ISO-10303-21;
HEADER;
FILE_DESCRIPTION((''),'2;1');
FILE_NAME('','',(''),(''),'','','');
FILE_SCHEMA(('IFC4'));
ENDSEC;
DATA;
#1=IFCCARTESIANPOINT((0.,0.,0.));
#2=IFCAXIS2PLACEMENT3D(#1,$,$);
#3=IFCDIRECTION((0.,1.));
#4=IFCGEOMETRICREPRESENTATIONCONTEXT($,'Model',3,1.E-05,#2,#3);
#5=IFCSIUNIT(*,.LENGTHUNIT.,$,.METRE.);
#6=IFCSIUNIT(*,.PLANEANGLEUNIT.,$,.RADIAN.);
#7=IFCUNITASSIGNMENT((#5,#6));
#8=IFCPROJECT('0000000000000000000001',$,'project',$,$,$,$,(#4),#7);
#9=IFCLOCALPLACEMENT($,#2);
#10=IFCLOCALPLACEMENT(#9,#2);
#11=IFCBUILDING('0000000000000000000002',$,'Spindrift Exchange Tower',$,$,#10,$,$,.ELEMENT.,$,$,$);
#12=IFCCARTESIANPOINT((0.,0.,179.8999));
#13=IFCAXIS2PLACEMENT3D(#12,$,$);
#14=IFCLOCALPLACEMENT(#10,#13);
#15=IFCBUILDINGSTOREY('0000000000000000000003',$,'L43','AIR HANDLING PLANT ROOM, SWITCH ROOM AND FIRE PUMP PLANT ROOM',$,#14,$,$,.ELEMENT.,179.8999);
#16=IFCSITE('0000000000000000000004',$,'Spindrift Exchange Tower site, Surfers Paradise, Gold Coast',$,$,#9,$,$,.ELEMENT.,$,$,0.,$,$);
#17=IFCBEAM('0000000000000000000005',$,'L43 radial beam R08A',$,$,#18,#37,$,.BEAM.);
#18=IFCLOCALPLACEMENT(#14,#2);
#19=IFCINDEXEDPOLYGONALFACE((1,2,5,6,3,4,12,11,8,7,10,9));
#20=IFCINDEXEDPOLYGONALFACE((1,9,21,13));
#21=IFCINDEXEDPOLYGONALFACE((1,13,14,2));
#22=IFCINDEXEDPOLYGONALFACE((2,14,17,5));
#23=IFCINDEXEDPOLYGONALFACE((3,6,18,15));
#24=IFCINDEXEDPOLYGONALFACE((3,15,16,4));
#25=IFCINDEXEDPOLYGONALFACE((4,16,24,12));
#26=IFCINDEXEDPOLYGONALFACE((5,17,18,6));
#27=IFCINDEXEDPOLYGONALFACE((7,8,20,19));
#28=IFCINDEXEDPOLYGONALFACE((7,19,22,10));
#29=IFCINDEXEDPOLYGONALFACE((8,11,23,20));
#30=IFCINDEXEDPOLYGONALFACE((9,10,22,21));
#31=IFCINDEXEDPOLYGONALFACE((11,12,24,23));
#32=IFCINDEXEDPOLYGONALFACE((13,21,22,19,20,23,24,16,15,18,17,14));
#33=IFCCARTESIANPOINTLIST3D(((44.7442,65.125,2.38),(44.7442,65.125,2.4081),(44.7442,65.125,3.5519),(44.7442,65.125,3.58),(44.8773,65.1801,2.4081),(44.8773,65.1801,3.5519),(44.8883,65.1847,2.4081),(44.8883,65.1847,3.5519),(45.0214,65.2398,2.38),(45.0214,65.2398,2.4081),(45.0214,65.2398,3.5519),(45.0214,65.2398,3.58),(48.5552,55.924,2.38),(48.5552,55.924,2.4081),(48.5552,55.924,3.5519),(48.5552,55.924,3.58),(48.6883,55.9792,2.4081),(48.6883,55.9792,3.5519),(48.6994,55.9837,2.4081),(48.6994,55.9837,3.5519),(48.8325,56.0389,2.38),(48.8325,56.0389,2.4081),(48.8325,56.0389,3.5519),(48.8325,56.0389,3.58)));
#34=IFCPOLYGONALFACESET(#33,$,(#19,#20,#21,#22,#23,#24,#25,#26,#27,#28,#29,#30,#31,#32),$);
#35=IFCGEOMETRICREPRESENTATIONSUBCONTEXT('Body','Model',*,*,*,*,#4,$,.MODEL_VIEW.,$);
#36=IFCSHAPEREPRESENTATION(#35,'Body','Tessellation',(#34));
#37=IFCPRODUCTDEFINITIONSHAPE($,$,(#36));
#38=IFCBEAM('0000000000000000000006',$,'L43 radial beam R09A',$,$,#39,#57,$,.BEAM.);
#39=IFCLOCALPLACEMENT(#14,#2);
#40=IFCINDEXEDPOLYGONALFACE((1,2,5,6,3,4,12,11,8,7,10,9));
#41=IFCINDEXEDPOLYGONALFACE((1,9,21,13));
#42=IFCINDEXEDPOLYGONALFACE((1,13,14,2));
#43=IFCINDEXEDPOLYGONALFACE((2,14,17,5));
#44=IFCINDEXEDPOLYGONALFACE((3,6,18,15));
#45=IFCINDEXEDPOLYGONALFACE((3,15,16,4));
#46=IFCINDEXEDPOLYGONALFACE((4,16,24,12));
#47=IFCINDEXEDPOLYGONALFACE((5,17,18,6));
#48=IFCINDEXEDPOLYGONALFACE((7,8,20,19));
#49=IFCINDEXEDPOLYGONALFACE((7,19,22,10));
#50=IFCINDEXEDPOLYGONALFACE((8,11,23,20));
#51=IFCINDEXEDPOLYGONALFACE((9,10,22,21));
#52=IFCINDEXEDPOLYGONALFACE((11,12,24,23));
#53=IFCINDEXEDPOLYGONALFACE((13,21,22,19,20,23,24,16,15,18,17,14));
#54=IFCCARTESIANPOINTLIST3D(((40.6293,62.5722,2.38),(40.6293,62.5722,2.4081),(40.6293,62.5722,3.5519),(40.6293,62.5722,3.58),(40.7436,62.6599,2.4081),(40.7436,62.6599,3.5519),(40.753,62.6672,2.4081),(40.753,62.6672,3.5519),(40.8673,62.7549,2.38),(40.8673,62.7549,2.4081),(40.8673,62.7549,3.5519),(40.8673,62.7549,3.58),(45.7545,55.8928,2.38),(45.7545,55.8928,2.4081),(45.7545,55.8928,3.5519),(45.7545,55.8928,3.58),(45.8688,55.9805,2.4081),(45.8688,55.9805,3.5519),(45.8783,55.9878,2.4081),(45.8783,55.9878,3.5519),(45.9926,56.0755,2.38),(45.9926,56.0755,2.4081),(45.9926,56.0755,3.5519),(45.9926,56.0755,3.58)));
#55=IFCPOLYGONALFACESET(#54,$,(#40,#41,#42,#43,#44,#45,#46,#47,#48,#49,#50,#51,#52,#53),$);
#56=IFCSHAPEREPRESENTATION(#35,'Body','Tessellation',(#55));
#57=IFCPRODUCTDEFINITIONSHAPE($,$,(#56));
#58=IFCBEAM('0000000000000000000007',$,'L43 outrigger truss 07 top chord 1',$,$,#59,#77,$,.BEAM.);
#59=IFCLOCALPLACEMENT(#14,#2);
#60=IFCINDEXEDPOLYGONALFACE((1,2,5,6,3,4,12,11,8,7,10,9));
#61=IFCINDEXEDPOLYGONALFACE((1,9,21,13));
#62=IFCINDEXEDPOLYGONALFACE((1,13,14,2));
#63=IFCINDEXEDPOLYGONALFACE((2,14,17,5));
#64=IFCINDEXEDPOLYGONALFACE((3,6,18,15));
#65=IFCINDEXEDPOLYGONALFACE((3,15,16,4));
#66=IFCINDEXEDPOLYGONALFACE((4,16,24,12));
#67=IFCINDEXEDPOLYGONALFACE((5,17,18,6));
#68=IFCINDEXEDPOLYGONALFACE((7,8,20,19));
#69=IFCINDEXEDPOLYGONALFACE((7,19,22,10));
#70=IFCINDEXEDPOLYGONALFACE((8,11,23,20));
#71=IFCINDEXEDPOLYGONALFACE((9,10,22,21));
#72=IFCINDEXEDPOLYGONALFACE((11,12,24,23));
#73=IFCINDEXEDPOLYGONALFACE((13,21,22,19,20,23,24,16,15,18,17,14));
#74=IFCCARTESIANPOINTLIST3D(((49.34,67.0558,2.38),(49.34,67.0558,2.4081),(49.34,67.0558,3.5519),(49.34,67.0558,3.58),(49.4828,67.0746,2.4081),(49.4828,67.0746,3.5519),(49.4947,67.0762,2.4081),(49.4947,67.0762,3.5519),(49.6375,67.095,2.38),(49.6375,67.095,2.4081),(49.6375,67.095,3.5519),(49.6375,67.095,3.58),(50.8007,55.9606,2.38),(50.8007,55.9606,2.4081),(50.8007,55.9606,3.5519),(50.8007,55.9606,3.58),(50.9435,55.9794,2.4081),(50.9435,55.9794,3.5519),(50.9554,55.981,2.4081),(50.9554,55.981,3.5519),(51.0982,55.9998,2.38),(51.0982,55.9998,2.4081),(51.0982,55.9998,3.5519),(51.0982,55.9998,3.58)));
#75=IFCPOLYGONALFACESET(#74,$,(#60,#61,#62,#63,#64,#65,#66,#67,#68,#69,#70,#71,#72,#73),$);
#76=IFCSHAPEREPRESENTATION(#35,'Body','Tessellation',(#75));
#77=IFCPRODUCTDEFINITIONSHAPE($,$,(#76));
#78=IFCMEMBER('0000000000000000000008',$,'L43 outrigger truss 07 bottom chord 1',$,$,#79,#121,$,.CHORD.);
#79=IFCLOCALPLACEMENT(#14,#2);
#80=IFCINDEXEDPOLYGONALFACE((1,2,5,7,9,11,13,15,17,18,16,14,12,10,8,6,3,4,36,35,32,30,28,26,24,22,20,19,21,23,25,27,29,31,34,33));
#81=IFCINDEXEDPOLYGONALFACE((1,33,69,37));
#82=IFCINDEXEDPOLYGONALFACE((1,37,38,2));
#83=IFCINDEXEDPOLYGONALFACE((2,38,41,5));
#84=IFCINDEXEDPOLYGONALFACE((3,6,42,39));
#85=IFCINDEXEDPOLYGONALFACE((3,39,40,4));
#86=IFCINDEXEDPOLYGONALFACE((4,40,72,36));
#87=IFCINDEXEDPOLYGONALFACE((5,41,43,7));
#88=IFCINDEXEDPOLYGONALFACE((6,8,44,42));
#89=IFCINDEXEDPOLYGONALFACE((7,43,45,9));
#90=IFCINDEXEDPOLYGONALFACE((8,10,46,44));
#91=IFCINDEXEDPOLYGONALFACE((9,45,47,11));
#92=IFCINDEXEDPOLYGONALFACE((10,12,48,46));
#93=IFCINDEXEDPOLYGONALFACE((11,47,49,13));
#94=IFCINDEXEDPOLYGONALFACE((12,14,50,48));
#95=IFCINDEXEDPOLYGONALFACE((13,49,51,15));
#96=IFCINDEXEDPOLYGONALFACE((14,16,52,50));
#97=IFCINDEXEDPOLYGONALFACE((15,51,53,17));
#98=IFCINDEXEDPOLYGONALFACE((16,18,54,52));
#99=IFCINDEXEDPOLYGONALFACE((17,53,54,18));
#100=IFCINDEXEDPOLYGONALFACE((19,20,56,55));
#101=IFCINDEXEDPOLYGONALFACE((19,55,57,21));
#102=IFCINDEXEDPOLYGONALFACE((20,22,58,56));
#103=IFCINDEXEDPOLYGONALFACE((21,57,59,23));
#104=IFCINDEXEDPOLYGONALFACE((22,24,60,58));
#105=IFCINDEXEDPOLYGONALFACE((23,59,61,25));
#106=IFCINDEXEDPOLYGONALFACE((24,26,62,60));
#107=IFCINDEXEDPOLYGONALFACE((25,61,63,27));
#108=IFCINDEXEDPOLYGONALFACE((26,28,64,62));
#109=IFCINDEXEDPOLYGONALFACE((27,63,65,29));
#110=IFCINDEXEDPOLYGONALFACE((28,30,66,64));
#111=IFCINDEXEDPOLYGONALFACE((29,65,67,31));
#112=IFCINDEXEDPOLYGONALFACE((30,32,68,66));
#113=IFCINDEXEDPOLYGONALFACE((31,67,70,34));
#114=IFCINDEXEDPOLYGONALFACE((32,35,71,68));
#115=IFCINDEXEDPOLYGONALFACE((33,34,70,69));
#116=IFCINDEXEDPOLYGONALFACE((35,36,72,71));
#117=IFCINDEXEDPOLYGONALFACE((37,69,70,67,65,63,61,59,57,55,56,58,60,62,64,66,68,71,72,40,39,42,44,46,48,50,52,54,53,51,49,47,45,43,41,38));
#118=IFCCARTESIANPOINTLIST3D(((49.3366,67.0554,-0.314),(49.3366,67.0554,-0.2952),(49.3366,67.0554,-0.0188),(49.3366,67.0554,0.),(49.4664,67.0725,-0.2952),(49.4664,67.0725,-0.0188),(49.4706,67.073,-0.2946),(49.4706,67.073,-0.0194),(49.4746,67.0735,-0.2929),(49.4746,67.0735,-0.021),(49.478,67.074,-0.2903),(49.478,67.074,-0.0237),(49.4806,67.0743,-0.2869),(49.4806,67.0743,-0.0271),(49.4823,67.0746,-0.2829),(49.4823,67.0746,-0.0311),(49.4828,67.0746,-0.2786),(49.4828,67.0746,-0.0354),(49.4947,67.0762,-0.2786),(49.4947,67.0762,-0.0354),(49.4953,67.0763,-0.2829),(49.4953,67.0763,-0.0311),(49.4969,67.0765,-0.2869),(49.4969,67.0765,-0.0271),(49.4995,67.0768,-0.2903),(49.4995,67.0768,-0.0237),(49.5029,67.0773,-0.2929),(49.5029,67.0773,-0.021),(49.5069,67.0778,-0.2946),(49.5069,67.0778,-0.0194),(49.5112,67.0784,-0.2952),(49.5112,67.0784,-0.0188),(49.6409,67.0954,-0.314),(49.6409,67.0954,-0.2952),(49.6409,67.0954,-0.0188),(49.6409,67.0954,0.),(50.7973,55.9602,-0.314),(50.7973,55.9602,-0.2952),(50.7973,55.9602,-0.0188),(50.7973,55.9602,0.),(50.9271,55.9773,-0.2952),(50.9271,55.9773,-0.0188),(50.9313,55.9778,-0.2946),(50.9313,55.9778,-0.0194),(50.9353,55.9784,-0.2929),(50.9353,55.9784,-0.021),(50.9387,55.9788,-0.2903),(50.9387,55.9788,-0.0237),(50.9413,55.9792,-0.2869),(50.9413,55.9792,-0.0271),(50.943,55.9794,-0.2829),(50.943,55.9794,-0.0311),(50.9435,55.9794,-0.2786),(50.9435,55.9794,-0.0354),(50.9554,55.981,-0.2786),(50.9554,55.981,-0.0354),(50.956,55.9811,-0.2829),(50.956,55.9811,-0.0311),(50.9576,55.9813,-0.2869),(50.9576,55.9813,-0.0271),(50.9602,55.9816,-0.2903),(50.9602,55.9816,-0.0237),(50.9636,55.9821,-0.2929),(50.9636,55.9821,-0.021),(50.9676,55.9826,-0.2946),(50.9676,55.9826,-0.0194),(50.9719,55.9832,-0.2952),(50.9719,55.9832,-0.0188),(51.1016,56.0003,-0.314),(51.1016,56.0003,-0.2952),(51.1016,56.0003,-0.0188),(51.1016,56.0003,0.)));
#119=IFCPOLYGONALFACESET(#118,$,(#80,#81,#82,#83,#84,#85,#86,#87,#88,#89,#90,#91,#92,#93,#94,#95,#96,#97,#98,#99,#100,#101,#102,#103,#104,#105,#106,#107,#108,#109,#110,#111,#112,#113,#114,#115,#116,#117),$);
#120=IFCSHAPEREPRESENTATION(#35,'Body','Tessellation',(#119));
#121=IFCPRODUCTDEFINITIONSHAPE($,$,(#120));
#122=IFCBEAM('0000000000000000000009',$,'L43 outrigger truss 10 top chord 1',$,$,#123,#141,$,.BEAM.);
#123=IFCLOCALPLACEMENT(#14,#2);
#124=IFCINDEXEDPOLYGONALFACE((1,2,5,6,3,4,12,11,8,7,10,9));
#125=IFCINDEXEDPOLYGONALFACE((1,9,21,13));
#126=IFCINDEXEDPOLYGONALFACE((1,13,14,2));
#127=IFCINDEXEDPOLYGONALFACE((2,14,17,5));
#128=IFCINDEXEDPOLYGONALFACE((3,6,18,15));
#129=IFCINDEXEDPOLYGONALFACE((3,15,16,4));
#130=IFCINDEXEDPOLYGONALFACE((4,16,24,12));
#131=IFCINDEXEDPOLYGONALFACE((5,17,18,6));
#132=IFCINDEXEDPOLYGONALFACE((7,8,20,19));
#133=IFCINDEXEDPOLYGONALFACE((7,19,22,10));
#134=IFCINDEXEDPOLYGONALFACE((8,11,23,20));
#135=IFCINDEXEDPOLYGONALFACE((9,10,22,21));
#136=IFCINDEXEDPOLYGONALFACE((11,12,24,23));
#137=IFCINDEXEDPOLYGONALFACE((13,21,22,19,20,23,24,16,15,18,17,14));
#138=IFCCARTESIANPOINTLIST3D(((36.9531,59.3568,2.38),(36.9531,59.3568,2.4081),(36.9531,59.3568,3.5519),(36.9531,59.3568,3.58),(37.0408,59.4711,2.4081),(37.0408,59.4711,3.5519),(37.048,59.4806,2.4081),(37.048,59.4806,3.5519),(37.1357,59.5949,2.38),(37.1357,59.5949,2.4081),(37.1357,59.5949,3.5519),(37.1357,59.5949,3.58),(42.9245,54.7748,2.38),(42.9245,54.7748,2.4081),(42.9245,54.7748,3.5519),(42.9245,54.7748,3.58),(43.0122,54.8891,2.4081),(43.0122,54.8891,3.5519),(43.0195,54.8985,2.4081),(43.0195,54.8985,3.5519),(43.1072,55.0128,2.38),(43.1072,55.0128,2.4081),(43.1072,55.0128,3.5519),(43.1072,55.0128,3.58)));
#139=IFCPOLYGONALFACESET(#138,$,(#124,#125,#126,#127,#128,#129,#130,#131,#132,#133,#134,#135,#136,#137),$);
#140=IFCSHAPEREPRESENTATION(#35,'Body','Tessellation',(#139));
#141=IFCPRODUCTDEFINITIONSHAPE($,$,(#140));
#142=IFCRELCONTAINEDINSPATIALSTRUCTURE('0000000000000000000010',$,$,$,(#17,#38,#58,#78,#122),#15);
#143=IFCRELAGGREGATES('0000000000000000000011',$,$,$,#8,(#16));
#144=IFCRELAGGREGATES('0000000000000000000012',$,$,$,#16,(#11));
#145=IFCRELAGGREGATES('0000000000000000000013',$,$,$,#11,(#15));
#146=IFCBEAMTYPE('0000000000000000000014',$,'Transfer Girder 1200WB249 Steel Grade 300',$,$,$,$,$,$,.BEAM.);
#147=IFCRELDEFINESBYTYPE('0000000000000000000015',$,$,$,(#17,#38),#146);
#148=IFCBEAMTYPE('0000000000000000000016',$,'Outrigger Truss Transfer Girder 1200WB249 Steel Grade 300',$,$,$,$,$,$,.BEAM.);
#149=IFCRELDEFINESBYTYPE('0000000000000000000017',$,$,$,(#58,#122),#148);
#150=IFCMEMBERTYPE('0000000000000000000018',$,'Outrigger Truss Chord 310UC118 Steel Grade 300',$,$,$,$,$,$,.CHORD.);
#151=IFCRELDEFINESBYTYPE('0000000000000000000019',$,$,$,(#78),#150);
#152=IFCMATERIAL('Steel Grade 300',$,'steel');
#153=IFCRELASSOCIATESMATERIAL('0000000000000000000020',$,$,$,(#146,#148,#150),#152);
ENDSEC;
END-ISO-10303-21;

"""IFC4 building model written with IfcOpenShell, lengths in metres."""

from ifc_helpers import new_model, si_unit, direction, frame, origin, origin_2d, place, context, subcontext, project, spatial, i_section, extrude, source, transform, mapped, material, material_profile, profile_set, type_object, element, save


model = new_model("IFC4")

# Units and contexts
model_context = context("Model", 3, precision=1e-05, world=origin(), true_north=direction((0.0, 1.0)))
body_context = subcontext(model_context, "Body", "Model", "MODEL_VIEW")
ifc_project = project(units=[si_unit("LENGTHUNIT", "METRE"), si_unit("PLANEANGLEUNIT", "RADIAN")], contexts=[model_context])

# Site, building, storey
site_placement = place(None, origin())
site = spatial("IfcSite", under=ifc_project, at=site_placement, Name="Spindrift Exchange Tower site, Surfers Paradise, Gold Coast", CompositionType="ELEMENT", RefElevation=0.0)
building_placement = place(site_placement, origin())
building = spatial("IfcBuilding", under=site, at=building_placement, Name="Spindrift Exchange Tower", CompositionType="ELEMENT")
storey_placement = place(building_placement, frame((0.0, 0.0, 179.8999)))
storey = spatial("IfcBuildingStorey", under=building, at=storey_placement, Name="L43", Description="AIR HANDLING PLANT ROOM, SWITCH ROOM AND FIRE PUMP PLANT ROOM", CompositionType="ELEMENT", Elevation=179.8999)

# Beams
ifc_material_1 = material(Name="Steel Grade 300", Category="steel")
ifc_material_profile_1 = material_profile(ifc_material_1, i_section(OverallWidth=0.3, OverallDepth=1.2, WebThickness=0.012, FlangeThickness=0.0281, at=origin_2d()), Name="1200WB249")
ifc_profile_set_1 = profile_set([ifc_material_profile_1], Name="Steel Grade 300")
beam_type_1 = type_object("IfcBeamType", Name="Transfer Girder 1200WB249 Steel Grade 300", PredefinedType="BEAM", material=ifc_profile_set_1)
shared_shape_1 = source(origin(), body_context, "Body", "SweptSolid", [
    extrude(i_section(OverallWidth=0.3, OverallDepth=1.2, WebThickness=0.012, FlangeThickness=0.0281, at=origin_2d()), origin(), (0.0, 0.0, 1.0), 9.959),
])
beam_1_placement = place(storey_placement, frame((48.6938, 55.9814, 2.98), z_axis=(-0.382674, 0.923884, 0.0), x_axis=(-0.923884, -0.382674, 0.0)))
element("IfcBeam", 1, at=beam_1_placement, inside=storey, type_object=beam_type_1, Name="L43 radial beam R08A", PredefinedType="BEAM", context=body_context, shape_type="MappedRepresentation", body=[
    mapped(shared_shape_1, transform((0.0, 0.0, 0.0), scale=1.0)),
])
shared_shape_2 = source(origin(), body_context, "Body", "SweptSolid", [
    extrude(i_section(OverallWidth=0.3, OverallDepth=1.2, WebThickness=0.012, FlangeThickness=0.0281, at=origin_2d()), origin(), (0.0, 0.0, 1.0), 8.4192),
])
beam_2_placement = place(storey_placement, frame((45.8735, 55.9841, 2.98), z_axis=(-0.608756, 0.793358, 0.0), x_axis=(-0.793358, -0.608756, 0.0)))
element("IfcBeam", 2, at=beam_2_placement, inside=storey, type_object=beam_type_1, Name="L43 radial beam R09A", PredefinedType="BEAM", context=body_context, shape_type="MappedRepresentation", body=[
    mapped(shared_shape_2, transform((0.0, 0.0, 0.0), scale=1.0)),
])
ifc_material_profile_2 = material_profile(ifc_material_1, i_section(OverallWidth=0.3, OverallDepth=1.2, WebThickness=0.012, FlangeThickness=0.0281, at=origin_2d()), Name="1200WB249")
ifc_profile_set_2 = profile_set([ifc_material_profile_2], Name="Steel Grade 300")
beam_type_2 = type_object("IfcBeamType", Name="Outrigger Truss Transfer Girder 1200WB249 Steel Grade 300", PredefinedType="BEAM", material=ifc_profile_set_2)
shared_shape_3 = source(origin(), body_context, "Body", "SweptSolid", [
    extrude(i_section(OverallWidth=0.3, OverallDepth=1.2, WebThickness=0.012, FlangeThickness=0.0281, at=origin_2d()), origin(), (0.0, 0.0, 1.0), 11.1909),
])
beam_3_placement = place(storey_placement, frame((50.9495, 55.9802, 2.98), z_axis=(-0.130524, 0.991445, 0.0), x_axis=(-0.991445, -0.130524, 0.0)))
element("IfcBeam", 3, at=beam_3_placement, inside=storey, type_object=beam_type_2, Name="L43 outrigger truss 07 top chord 1", PredefinedType="BEAM", context=body_context, shape_type="MappedRepresentation", body=[
    mapped(shared_shape_3, transform((0.0, 0.0, 0.0), scale=1.0)),
])

# Member
ifc_material_profile_3 = material_profile(ifc_material_1, i_section(OverallWidth=0.3069, OverallDepth=0.314, WebThickness=0.012, FlangeThickness=0.0188, FilletRadius=0.0166, at=origin_2d()), Name="310UC118")
ifc_profile_set_3 = profile_set([ifc_material_profile_3], Name="Steel Grade 300")
member_type = type_object("IfcMemberType", Name="Outrigger Truss Chord 310UC118 Steel Grade 300", PredefinedType="CHORD", material=ifc_profile_set_3)
shared_shape_4 = source(origin(), body_context, "Body", "SweptSolid", [
    extrude(i_section(OverallWidth=0.3069, OverallDepth=0.314, WebThickness=0.012, FlangeThickness=0.0188, FilletRadius=0.0166, at=origin_2d()), origin(), (0.0, 0.0, 1.0), 11.1909),
])
member_1_placement = place(storey_placement, frame((50.9495, 55.9802, -0.157), z_axis=(-0.130524, 0.991445, 0.0), x_axis=(-0.991445, -0.130524, 0.0)))
element("IfcMember", 4, at=member_1_placement, inside=storey, type_object=member_type, Name="L43 outrigger truss 07 bottom chord 1", PredefinedType="CHORD", context=body_context, shape_type="MappedRepresentation", body=[
    mapped(shared_shape_4, transform((0.0, 0.0, 0.0), scale=1.0)),
])

# Beam
shared_shape_5 = source(origin(), body_context, "Body", "SweptSolid", [
    extrude(i_section(OverallWidth=0.3, OverallDepth=1.2, WebThickness=0.012, FlangeThickness=0.0281, at=origin_2d()), origin(), (0.0, 0.0, 1.0), 7.5269),
])
beam_4_placement = place(storey_placement, frame((43.0159, 54.8938, 2.98), z_axis=(-0.793354, 0.60876, 0.0), x_axis=(-0.60876, -0.793354, 0.0)))
element("IfcBeam", 5, at=beam_4_placement, inside=storey, type_object=beam_type_2, Name="L43 outrigger truss 10 top chord 1", PredefinedType="BEAM", context=body_context, shape_type="MappedRepresentation", body=[
    mapped(shared_shape_5, transform((0.0, 0.0, 0.0), scale=1.0)),
])

save(model, "model.ifc")
